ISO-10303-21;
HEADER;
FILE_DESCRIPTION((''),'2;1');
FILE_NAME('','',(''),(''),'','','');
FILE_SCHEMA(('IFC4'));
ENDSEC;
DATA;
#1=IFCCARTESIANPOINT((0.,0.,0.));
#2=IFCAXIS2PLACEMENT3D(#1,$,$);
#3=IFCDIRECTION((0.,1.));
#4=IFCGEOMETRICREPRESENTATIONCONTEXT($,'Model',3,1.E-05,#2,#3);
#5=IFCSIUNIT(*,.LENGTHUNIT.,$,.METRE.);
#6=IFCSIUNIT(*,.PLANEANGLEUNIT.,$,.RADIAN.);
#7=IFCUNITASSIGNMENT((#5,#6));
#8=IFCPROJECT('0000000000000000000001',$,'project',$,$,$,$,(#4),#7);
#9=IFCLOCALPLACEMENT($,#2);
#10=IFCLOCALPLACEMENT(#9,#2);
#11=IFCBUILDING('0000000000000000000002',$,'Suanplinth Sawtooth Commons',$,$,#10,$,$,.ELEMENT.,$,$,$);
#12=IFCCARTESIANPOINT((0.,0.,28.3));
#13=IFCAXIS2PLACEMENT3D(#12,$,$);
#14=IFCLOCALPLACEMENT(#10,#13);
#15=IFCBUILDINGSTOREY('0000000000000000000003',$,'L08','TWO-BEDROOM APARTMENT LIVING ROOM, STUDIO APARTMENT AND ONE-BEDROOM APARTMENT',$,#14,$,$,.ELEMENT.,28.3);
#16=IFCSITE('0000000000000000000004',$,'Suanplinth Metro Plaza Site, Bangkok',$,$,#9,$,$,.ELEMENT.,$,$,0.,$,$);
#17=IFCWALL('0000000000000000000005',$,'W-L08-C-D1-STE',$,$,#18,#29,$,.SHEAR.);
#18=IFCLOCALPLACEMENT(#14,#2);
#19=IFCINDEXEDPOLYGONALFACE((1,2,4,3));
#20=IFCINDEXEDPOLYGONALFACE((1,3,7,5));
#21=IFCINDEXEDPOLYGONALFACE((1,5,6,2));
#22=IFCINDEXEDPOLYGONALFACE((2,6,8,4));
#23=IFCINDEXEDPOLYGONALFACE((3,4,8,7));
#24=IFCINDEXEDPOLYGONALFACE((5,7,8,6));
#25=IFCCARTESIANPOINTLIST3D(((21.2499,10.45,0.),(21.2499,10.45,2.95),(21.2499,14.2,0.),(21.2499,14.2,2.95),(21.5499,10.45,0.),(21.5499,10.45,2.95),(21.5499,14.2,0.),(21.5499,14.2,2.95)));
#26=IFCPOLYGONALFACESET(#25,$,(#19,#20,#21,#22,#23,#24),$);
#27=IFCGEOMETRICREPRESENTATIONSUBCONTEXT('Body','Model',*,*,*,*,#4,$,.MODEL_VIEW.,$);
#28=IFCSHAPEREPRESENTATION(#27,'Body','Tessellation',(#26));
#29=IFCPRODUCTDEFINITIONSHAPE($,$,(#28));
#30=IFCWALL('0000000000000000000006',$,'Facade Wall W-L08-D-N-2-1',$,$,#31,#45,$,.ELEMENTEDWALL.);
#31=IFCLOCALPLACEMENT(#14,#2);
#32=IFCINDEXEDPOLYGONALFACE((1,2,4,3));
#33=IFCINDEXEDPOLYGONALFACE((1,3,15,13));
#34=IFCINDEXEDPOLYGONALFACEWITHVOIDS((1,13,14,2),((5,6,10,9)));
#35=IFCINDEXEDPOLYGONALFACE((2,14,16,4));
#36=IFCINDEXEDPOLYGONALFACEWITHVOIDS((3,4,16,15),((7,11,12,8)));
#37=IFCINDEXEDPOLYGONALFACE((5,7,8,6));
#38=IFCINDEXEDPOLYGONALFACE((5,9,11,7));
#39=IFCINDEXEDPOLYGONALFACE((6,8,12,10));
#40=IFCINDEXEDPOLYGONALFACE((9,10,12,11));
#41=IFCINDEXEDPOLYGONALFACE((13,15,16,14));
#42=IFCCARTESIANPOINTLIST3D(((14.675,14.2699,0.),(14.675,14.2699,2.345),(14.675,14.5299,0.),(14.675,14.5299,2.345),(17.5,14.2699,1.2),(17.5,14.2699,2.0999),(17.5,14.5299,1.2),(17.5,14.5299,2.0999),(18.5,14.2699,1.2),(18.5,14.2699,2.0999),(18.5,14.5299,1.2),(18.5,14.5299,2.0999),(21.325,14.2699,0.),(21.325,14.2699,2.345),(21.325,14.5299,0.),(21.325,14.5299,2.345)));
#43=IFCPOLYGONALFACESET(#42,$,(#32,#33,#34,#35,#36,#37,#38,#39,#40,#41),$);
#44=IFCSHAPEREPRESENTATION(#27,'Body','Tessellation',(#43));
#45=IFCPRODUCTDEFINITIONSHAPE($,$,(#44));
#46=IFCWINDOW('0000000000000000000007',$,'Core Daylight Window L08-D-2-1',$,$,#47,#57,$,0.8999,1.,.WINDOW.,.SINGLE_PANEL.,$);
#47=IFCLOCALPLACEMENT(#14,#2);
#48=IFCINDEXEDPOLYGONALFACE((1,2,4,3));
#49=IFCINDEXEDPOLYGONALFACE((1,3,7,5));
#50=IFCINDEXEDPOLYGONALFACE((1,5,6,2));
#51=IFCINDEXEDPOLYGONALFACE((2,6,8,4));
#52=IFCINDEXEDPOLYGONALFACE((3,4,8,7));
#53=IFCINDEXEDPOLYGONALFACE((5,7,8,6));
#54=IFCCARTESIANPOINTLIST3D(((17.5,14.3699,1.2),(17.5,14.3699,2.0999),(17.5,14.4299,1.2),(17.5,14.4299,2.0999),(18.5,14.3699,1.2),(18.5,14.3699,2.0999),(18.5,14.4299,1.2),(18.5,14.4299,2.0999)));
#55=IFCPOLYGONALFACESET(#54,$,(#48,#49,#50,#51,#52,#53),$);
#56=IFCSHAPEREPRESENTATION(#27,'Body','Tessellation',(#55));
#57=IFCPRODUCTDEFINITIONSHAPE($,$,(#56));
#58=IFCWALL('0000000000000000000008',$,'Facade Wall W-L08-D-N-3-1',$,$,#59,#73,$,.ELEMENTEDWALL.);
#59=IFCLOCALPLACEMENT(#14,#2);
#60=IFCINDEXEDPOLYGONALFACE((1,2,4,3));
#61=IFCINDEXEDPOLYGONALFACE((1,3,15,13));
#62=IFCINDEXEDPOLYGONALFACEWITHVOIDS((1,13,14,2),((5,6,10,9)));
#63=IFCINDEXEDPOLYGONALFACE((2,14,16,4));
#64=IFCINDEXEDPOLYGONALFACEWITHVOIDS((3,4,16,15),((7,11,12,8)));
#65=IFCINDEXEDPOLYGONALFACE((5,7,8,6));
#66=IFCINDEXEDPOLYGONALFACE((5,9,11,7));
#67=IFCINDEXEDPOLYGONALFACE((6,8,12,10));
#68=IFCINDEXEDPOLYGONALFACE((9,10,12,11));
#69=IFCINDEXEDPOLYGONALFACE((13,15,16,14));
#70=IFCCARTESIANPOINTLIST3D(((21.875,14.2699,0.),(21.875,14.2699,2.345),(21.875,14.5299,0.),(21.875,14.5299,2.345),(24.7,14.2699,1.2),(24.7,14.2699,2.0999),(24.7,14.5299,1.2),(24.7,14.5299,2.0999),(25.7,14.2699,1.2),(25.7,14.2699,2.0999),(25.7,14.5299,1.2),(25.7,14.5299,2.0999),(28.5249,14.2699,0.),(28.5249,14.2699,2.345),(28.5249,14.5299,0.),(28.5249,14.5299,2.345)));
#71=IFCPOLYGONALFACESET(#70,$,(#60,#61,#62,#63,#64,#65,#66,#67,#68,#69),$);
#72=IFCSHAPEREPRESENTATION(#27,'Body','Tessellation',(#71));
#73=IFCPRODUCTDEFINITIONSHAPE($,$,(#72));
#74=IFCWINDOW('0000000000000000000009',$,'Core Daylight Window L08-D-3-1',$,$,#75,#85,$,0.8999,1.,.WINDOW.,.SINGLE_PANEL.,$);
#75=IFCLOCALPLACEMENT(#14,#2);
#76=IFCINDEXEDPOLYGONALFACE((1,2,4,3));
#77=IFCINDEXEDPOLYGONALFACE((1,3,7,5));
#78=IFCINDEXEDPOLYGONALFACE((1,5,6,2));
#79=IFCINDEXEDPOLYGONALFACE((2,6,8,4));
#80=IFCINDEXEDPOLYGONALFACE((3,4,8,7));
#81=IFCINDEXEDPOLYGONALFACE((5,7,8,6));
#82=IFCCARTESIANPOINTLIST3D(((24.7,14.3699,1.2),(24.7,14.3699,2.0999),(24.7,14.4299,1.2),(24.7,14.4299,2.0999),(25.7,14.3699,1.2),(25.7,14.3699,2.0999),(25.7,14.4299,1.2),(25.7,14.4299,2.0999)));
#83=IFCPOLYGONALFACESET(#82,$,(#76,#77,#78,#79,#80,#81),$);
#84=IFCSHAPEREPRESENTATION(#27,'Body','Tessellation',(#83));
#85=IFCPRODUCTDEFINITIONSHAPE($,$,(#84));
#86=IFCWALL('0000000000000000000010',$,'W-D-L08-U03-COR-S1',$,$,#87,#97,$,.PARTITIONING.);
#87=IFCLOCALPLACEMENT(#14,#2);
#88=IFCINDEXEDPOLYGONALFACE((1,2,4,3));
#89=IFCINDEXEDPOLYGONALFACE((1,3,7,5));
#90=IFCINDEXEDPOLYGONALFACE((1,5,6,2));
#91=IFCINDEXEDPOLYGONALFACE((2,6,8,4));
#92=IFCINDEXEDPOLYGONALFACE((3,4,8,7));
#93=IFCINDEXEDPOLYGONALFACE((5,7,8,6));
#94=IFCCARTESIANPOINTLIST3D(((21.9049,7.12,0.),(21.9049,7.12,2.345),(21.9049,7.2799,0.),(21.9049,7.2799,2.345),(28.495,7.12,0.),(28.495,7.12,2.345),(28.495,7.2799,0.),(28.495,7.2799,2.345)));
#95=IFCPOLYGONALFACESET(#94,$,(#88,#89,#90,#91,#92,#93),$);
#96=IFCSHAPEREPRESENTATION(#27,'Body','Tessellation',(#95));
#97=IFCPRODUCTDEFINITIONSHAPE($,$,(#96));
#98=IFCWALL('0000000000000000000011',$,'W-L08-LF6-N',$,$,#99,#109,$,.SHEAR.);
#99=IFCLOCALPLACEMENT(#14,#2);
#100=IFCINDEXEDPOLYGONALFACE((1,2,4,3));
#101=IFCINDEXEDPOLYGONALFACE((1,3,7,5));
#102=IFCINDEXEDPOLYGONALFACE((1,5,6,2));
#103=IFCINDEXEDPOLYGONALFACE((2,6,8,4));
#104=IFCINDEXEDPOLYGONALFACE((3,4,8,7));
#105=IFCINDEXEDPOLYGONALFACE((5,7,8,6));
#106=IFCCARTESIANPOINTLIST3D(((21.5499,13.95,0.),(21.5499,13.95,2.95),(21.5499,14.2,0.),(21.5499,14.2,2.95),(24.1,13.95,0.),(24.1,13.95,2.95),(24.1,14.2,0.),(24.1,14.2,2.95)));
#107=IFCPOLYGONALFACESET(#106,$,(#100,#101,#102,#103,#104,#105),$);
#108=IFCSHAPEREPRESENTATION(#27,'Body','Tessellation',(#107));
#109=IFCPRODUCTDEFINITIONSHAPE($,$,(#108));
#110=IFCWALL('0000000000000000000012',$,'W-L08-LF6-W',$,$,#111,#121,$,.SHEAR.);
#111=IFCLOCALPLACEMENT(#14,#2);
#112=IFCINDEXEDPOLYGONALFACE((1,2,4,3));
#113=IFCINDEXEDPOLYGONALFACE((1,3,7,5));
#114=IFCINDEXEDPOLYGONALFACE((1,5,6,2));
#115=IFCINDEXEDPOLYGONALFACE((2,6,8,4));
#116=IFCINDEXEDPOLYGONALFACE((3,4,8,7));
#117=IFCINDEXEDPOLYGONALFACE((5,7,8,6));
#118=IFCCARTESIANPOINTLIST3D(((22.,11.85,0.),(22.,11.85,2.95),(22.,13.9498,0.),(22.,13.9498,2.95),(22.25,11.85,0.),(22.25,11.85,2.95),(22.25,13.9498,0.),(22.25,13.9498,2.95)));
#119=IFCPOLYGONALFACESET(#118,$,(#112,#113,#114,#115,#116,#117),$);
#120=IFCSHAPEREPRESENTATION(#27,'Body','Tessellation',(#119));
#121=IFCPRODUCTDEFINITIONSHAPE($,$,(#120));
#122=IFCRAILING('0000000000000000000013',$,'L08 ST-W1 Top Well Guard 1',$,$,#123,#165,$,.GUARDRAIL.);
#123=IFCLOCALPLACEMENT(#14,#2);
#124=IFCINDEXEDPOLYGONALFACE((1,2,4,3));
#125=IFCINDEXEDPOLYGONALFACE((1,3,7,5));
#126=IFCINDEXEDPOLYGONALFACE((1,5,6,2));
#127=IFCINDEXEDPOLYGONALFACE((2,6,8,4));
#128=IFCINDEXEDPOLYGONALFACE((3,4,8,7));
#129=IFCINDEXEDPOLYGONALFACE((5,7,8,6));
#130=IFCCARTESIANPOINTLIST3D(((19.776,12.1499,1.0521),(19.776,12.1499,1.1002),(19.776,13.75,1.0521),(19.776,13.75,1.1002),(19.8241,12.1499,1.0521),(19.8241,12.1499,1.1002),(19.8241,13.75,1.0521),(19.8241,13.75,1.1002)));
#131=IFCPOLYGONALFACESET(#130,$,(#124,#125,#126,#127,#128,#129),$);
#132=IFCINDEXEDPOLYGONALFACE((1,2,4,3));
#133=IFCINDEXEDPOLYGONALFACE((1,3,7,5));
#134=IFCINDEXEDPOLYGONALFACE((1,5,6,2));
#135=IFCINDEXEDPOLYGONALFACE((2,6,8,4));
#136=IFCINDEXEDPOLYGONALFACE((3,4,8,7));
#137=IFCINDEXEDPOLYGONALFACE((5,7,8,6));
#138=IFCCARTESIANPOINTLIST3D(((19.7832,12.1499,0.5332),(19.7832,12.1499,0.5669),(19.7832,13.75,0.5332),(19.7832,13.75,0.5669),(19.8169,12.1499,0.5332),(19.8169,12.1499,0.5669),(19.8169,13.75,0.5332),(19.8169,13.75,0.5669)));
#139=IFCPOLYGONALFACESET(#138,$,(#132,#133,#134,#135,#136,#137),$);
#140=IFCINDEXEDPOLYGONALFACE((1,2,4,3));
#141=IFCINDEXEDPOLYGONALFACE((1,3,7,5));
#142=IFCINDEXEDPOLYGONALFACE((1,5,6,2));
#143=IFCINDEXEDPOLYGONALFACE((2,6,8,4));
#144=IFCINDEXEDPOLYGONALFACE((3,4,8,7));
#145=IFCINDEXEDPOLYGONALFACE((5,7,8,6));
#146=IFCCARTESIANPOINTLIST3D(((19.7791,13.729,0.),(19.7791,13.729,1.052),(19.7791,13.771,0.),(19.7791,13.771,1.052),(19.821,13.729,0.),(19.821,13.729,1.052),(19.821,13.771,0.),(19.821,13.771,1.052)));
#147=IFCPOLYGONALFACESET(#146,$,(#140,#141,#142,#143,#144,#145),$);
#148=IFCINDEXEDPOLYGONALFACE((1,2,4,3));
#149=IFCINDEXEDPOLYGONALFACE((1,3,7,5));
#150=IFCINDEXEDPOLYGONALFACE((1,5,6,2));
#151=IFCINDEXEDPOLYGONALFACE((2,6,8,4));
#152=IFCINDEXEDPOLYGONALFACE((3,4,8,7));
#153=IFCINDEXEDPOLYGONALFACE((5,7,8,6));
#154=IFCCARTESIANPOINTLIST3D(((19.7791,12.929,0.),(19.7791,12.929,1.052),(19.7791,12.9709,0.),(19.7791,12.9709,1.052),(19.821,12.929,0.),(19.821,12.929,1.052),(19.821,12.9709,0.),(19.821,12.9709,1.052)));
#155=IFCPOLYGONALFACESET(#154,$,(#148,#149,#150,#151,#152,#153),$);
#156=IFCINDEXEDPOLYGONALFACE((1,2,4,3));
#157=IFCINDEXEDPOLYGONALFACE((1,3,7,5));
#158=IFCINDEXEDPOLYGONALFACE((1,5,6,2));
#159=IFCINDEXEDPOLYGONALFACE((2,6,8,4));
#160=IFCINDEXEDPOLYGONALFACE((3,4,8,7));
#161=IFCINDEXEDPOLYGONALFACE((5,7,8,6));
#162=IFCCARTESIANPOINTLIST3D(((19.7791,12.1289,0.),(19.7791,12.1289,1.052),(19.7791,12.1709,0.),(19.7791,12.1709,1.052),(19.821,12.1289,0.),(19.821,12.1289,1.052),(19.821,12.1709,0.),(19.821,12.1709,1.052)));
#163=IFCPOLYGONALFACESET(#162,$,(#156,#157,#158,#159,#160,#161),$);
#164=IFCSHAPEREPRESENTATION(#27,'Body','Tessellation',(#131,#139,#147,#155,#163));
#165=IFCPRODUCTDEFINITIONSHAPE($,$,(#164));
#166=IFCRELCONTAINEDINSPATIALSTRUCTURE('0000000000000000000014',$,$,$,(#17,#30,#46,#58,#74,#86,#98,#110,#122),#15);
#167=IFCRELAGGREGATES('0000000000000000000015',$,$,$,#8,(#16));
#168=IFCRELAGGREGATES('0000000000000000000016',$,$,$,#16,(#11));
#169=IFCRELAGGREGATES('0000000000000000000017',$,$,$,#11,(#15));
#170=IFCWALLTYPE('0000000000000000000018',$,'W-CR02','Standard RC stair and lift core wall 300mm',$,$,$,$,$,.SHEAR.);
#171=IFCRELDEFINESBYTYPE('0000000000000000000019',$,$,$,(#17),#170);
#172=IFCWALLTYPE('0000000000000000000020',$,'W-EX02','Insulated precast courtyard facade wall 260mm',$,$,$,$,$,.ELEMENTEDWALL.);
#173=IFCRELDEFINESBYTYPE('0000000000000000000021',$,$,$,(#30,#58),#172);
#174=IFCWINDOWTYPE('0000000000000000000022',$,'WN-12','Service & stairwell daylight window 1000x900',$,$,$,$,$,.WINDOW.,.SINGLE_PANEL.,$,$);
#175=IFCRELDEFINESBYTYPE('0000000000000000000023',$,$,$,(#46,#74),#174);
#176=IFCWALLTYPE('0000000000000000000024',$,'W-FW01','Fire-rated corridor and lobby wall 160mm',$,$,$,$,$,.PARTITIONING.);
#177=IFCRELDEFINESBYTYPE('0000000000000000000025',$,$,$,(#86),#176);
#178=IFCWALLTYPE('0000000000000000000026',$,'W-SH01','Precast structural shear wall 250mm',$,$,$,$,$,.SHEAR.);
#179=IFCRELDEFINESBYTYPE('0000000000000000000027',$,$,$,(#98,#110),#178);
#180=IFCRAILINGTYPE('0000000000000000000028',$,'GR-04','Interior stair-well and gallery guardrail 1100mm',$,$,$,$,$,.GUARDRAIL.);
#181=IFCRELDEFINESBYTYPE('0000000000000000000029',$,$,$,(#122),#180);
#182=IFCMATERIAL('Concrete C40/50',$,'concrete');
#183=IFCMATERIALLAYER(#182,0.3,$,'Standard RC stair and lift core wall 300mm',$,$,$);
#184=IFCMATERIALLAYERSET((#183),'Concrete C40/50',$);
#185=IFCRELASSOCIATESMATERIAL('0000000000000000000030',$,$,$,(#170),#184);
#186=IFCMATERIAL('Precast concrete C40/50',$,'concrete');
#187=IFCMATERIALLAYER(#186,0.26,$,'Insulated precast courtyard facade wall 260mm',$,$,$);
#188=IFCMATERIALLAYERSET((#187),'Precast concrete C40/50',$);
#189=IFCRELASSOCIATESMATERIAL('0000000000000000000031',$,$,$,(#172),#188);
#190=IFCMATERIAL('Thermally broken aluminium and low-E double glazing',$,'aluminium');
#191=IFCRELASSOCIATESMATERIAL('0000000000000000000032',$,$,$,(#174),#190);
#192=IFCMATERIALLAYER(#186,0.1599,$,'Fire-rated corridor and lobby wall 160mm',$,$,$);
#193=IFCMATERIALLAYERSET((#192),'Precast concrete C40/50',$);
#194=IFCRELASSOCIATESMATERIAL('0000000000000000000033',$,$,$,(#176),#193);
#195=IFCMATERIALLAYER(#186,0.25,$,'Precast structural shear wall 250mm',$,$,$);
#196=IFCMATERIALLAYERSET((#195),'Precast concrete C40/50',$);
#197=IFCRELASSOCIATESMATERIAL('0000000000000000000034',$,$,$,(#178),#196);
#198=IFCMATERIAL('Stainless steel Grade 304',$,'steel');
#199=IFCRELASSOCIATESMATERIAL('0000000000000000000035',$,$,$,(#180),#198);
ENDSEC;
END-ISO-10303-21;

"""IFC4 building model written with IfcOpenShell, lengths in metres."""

from ifc_helpers import new_model, si_unit, direction, frame, frame_2d, origin, origin_2d, place, context, subcontext, project, spatial, rectangle, extrude, material, layer, layer_set, type_object, element, fill, save


model = new_model("IFC4")

# Units and contexts
model_context = context("Model", 3, precision=1e-05, world=origin(), true_north=direction((0.0, 1.0)))
body_context = subcontext(model_context, "Body", "Model", "MODEL_VIEW")
ifc_project = project(units=[si_unit("LENGTHUNIT", "METRE"), si_unit("PLANEANGLEUNIT", "RADIAN")], contexts=[model_context])

# Site, building, storey
site_placement = place(None, origin())
site = spatial("IfcSite", under=ifc_project, at=site_placement, Name="Suanplinth Metro Plaza Site, Bangkok", CompositionType="ELEMENT", RefElevation=0.0)
building_placement = place(site_placement, origin())
building = spatial("IfcBuilding", under=site, at=building_placement, Name="Suanplinth Sawtooth Commons", CompositionType="ELEMENT")
storey_placement = place(building_placement, frame((0.0, 0.0, 28.3)))
storey = spatial("IfcBuildingStorey", under=building, at=storey_placement, Name="L08", Description="TWO-BEDROOM APARTMENT LIVING ROOM, STUDIO APARTMENT AND ONE-BEDROOM APARTMENT", CompositionType="ELEMENT", Elevation=28.3)

# Shared definitions
ifc_material_1 = material(Name="Precast concrete C40/50", Category="concrete")

# Shared definitions
ifc_material_2 = material(Name="Concrete C40/50", Category="concrete")
ifc_layer_1 = layer(ifc_material_2, 0.3, Name="Standard RC stair and lift core wall 300mm")
ifc_layer_set_1 = layer_set([ifc_layer_1], Name="Concrete C40/50")
wall_type_1 = type_object("IfcWallType", Name="W-CR02", Description="Standard RC stair and lift core wall 300mm", PredefinedType="SHEAR", material=ifc_layer_set_1)

# Wall
wall_1_placement = place(storey_placement, frame((21.3999, 10.45, 0.0), z_axis=(0.0, 0.0, 1.0), x_axis=(0.0, 1.0, 0.0)))
element("IfcWall", 1, at=wall_1_placement, inside=storey, type_object=wall_type_1, Name="W-L08-C-D1-STE", PredefinedType="SHEAR", context=body_context, shape_type="SweptSolid", body=[
    extrude(rectangle(XDim=3.75, YDim=0.3, at=frame_2d((1.875, 0.0))), origin(), (0.0, 0.0, 1.0), 2.95),
])

# Walls, openings, windows
ifc_layer_2 = layer(ifc_material_1, 0.26, Name="Insulated precast courtyard facade wall 260mm")
ifc_layer_set_2 = layer_set([ifc_layer_2], Name="Precast concrete C40/50")
wall_type_2 = type_object("IfcWallType", Name="W-EX02", Description="Insulated precast courtyard facade wall 260mm", PredefinedType="ELEMENTEDWALL", material=ifc_layer_set_2)
wall_2_placement = place(storey_placement, frame((14.675, 14.3999, 0.0), z_axis=(0.0, 0.0, 1.0), x_axis=(1.0, 0.0, 0.0)))
wall_2 = element("IfcWall", 2, at=wall_2_placement, inside=storey, type_object=wall_type_2, Name="Facade Wall W-L08-D-N-2-1", PredefinedType="ELEMENTEDWALL", context=body_context, shape_type="SweptSolid", body=[
    extrude(rectangle(XDim=6.6499, YDim=0.26, at=frame_2d((3.325, 0.0))), origin(), (0.0, 0.0, 1.0), 2.345),
])
opening_1_placement = place(wall_2_placement, frame((2.825, 0.0, 1.2)))
opening_1 = element("IfcOpeningElement", 3, at=opening_1_placement, cuts=wall_2, PredefinedType="OPENING", context=body_context, shape_type="SweptSolid", body=[
    extrude(rectangle(XDim=1.0, YDim=0.8999, at=frame_2d((0.5, 0.45))), frame((0.0, 0.145, 0.0), z_axis=(0.0, -1.0, 0.0), x_axis=(1.0, 0.0, 0.0)), (0.0, 0.0, 1.0), 0.2898),
])
ifc_material_3 = material(Name="Thermally broken aluminium and low-E double glazing", Category="aluminium")
window_type = type_object("IfcWindowType", Name="WN-12", Description="Service & stairwell daylight window 1000x900", PartitioningType="SINGLE_PANEL", PredefinedType="WINDOW", material=ifc_material_3)
window_1_placement = place(opening_1_placement, origin())
window_1 = element("IfcWindow", 4, at=window_1_placement, inside=storey, type_object=window_type, Name="Core Daylight Window L08-D-2-1", OverallHeight=0.8999, OverallWidth=1.0, PartitioningType="SINGLE_PANEL", PredefinedType="WINDOW", context=body_context, shape_type="SweptSolid", body=[
    extrude(rectangle(XDim=1.0, YDim=0.8999, at=frame_2d((0.5, 0.45))), frame((0.0, 0.03, 0.0), z_axis=(0.0, -1.0, 0.0), x_axis=(1.0, 0.0, 0.0)), (0.0, 0.0, 1.0), 0.0601),
])
fill(opening_1, window_1)
wall_3_placement = place(storey_placement, frame((21.875, 14.3999, 0.0), z_axis=(0.0, 0.0, 1.0), x_axis=(1.0, 0.0, 0.0)))
wall_3 = element("IfcWall", 5, at=wall_3_placement, inside=storey, type_object=wall_type_2, Name="Facade Wall W-L08-D-N-3-1", PredefinedType="ELEMENTEDWALL", context=body_context, shape_type="SweptSolid", body=[
    extrude(rectangle(XDim=6.6499, YDim=0.26, at=frame_2d((3.325, 0.0))), origin(), (0.0, 0.0, 1.0), 2.345),
])
opening_2_placement = place(wall_3_placement, frame((2.825, 0.0, 1.2)))
opening_2 = element("IfcOpeningElement", 6, at=opening_2_placement, cuts=wall_3, PredefinedType="OPENING", context=body_context, shape_type="SweptSolid", body=[
    extrude(rectangle(XDim=1.0, YDim=0.8999, at=frame_2d((0.5, 0.45))), frame((0.0, 0.145, 0.0), z_axis=(0.0, -1.0, 0.0), x_axis=(1.0, 0.0, 0.0)), (0.0, 0.0, 1.0), 0.2898),
])
window_2_placement = place(opening_2_placement, origin())
window_2 = element("IfcWindow", 7, at=window_2_placement, inside=storey, type_object=window_type, Name="Core Daylight Window L08-D-3-1", OverallHeight=0.8999, OverallWidth=1.0, PartitioningType="SINGLE_PANEL", PredefinedType="WINDOW", context=body_context, shape_type="SweptSolid", body=[
    extrude(rectangle(XDim=1.0, YDim=0.8999, at=frame_2d((0.5, 0.45))), frame((0.0, 0.03, 0.0), z_axis=(0.0, -1.0, 0.0), x_axis=(1.0, 0.0, 0.0)), (0.0, 0.0, 1.0), 0.0601),
])
fill(opening_2, window_2)

# Shared definitions
ifc_layer_3 = layer(ifc_material_1, 0.1599, Name="Fire-rated corridor and lobby wall 160mm")
ifc_layer_set_3 = layer_set([ifc_layer_3], Name="Precast concrete C40/50")
wall_type_3 = type_object("IfcWallType", Name="W-FW01", Description="Fire-rated corridor and lobby wall 160mm", PredefinedType="PARTITIONING", material=ifc_layer_set_3)

# Wall
wall_4_placement = place(storey_placement, frame((21.905, 7.2, 0.0), z_axis=(0.0, 0.0, 1.0), x_axis=(1.0, 0.0, 0.0)))
element("IfcWall", 8, at=wall_4_placement, inside=storey, type_object=wall_type_3, Name="W-D-L08-U03-COR-S1", PredefinedType="PARTITIONING", context=body_context, shape_type="SweptSolid", body=[
    extrude(rectangle(XDim=6.5901, YDim=0.1599, at=frame_2d((3.2949, 0.0))), origin(), (0.0, 0.0, 1.0), 2.345),
])

# Shared definitions
ifc_layer_4 = layer(ifc_material_1, 0.25, Name="Precast structural shear wall 250mm")
ifc_layer_set_4 = layer_set([ifc_layer_4], Name="Precast concrete C40/50")
wall_type_4 = type_object("IfcWallType", Name="W-SH01", Description="Precast structural shear wall 250mm", PredefinedType="SHEAR", material=ifc_layer_set_4)
ifc_material_4 = material(Name="Stainless steel Grade 304", Category="steel")

# Walls
wall_5_placement = place(storey_placement, frame((21.55, 14.075, 0.0), z_axis=(0.0, 0.0, 1.0), x_axis=(1.0, 0.0, 0.0)))
element("IfcWall", 9, at=wall_5_placement, inside=storey, type_object=wall_type_4, Name="W-L08-LF6-N", PredefinedType="SHEAR", context=body_context, shape_type="SweptSolid", body=[
    extrude(rectangle(XDim=2.55, YDim=0.25, at=frame_2d((1.2749, 0.0))), origin(), (0.0, 0.0, 1.0), 2.95),
])
wall_6_placement = place(storey_placement, frame((22.125, 11.8501, 0.0), z_axis=(0.0, 0.0, 1.0), x_axis=(0.0, 1.0, 0.0)))
element("IfcWall", 10, at=wall_6_placement, inside=storey, type_object=wall_type_4, Name="W-L08-LF6-W", PredefinedType="SHEAR", context=body_context, shape_type="SweptSolid", body=[
    extrude(rectangle(XDim=2.0999, YDim=0.25, at=frame_2d((1.0498, 0.0))), origin(), (0.0, 0.0, 1.0), 2.95),
])

# Railing
railing_type = type_object("IfcRailingType", Name="GR-04", Description="Interior stair-well and gallery guardrail 1100mm", PredefinedType="GUARDRAIL", material=ifc_material_4)
railing_placement = place(storey_placement, frame((19.8, 13.75, 0.0)))
element("IfcRailing", 11, at=railing_placement, inside=storey, type_object=railing_type, Name="L08 ST-W1 Top Well Guard 1", PredefinedType="GUARDRAIL", context=body_context, shape_type="SweptSolid", body=[
    extrude(rectangle(XDim=0.0481, YDim=0.0481, at=origin_2d()), frame((0.0, 0.0, 1.0762), z_axis=(0.0, -1.0, 0.0), x_axis=(1.0, 0.0, 0.0)), (0.0, 0.0, 1.0), 1.6001),
    extrude(rectangle(XDim=0.0337, YDim=0.0337, at=origin_2d()), frame((0.0, 0.0, 0.55), z_axis=(0.0, -1.0, 0.0), x_axis=(1.0, 0.0, 0.0)), (0.0, 0.0, 1.0), 1.6001),
    extrude(rectangle(XDim=0.042, YDim=0.042, at=origin_2d()), origin(), (0.0, 0.0, 1.0), 1.052),
    extrude(rectangle(XDim=0.042, YDim=0.042, at=origin_2d()), frame((0.0, -0.8, 0.0)), (0.0, 0.0, 1.0), 1.052),
    extrude(rectangle(XDim=0.042, YDim=0.042, at=origin_2d()), frame((0.0, -1.6001, 0.0)), (0.0, 0.0, 1.0), 1.052),
])

save(model, "model.ifc")
